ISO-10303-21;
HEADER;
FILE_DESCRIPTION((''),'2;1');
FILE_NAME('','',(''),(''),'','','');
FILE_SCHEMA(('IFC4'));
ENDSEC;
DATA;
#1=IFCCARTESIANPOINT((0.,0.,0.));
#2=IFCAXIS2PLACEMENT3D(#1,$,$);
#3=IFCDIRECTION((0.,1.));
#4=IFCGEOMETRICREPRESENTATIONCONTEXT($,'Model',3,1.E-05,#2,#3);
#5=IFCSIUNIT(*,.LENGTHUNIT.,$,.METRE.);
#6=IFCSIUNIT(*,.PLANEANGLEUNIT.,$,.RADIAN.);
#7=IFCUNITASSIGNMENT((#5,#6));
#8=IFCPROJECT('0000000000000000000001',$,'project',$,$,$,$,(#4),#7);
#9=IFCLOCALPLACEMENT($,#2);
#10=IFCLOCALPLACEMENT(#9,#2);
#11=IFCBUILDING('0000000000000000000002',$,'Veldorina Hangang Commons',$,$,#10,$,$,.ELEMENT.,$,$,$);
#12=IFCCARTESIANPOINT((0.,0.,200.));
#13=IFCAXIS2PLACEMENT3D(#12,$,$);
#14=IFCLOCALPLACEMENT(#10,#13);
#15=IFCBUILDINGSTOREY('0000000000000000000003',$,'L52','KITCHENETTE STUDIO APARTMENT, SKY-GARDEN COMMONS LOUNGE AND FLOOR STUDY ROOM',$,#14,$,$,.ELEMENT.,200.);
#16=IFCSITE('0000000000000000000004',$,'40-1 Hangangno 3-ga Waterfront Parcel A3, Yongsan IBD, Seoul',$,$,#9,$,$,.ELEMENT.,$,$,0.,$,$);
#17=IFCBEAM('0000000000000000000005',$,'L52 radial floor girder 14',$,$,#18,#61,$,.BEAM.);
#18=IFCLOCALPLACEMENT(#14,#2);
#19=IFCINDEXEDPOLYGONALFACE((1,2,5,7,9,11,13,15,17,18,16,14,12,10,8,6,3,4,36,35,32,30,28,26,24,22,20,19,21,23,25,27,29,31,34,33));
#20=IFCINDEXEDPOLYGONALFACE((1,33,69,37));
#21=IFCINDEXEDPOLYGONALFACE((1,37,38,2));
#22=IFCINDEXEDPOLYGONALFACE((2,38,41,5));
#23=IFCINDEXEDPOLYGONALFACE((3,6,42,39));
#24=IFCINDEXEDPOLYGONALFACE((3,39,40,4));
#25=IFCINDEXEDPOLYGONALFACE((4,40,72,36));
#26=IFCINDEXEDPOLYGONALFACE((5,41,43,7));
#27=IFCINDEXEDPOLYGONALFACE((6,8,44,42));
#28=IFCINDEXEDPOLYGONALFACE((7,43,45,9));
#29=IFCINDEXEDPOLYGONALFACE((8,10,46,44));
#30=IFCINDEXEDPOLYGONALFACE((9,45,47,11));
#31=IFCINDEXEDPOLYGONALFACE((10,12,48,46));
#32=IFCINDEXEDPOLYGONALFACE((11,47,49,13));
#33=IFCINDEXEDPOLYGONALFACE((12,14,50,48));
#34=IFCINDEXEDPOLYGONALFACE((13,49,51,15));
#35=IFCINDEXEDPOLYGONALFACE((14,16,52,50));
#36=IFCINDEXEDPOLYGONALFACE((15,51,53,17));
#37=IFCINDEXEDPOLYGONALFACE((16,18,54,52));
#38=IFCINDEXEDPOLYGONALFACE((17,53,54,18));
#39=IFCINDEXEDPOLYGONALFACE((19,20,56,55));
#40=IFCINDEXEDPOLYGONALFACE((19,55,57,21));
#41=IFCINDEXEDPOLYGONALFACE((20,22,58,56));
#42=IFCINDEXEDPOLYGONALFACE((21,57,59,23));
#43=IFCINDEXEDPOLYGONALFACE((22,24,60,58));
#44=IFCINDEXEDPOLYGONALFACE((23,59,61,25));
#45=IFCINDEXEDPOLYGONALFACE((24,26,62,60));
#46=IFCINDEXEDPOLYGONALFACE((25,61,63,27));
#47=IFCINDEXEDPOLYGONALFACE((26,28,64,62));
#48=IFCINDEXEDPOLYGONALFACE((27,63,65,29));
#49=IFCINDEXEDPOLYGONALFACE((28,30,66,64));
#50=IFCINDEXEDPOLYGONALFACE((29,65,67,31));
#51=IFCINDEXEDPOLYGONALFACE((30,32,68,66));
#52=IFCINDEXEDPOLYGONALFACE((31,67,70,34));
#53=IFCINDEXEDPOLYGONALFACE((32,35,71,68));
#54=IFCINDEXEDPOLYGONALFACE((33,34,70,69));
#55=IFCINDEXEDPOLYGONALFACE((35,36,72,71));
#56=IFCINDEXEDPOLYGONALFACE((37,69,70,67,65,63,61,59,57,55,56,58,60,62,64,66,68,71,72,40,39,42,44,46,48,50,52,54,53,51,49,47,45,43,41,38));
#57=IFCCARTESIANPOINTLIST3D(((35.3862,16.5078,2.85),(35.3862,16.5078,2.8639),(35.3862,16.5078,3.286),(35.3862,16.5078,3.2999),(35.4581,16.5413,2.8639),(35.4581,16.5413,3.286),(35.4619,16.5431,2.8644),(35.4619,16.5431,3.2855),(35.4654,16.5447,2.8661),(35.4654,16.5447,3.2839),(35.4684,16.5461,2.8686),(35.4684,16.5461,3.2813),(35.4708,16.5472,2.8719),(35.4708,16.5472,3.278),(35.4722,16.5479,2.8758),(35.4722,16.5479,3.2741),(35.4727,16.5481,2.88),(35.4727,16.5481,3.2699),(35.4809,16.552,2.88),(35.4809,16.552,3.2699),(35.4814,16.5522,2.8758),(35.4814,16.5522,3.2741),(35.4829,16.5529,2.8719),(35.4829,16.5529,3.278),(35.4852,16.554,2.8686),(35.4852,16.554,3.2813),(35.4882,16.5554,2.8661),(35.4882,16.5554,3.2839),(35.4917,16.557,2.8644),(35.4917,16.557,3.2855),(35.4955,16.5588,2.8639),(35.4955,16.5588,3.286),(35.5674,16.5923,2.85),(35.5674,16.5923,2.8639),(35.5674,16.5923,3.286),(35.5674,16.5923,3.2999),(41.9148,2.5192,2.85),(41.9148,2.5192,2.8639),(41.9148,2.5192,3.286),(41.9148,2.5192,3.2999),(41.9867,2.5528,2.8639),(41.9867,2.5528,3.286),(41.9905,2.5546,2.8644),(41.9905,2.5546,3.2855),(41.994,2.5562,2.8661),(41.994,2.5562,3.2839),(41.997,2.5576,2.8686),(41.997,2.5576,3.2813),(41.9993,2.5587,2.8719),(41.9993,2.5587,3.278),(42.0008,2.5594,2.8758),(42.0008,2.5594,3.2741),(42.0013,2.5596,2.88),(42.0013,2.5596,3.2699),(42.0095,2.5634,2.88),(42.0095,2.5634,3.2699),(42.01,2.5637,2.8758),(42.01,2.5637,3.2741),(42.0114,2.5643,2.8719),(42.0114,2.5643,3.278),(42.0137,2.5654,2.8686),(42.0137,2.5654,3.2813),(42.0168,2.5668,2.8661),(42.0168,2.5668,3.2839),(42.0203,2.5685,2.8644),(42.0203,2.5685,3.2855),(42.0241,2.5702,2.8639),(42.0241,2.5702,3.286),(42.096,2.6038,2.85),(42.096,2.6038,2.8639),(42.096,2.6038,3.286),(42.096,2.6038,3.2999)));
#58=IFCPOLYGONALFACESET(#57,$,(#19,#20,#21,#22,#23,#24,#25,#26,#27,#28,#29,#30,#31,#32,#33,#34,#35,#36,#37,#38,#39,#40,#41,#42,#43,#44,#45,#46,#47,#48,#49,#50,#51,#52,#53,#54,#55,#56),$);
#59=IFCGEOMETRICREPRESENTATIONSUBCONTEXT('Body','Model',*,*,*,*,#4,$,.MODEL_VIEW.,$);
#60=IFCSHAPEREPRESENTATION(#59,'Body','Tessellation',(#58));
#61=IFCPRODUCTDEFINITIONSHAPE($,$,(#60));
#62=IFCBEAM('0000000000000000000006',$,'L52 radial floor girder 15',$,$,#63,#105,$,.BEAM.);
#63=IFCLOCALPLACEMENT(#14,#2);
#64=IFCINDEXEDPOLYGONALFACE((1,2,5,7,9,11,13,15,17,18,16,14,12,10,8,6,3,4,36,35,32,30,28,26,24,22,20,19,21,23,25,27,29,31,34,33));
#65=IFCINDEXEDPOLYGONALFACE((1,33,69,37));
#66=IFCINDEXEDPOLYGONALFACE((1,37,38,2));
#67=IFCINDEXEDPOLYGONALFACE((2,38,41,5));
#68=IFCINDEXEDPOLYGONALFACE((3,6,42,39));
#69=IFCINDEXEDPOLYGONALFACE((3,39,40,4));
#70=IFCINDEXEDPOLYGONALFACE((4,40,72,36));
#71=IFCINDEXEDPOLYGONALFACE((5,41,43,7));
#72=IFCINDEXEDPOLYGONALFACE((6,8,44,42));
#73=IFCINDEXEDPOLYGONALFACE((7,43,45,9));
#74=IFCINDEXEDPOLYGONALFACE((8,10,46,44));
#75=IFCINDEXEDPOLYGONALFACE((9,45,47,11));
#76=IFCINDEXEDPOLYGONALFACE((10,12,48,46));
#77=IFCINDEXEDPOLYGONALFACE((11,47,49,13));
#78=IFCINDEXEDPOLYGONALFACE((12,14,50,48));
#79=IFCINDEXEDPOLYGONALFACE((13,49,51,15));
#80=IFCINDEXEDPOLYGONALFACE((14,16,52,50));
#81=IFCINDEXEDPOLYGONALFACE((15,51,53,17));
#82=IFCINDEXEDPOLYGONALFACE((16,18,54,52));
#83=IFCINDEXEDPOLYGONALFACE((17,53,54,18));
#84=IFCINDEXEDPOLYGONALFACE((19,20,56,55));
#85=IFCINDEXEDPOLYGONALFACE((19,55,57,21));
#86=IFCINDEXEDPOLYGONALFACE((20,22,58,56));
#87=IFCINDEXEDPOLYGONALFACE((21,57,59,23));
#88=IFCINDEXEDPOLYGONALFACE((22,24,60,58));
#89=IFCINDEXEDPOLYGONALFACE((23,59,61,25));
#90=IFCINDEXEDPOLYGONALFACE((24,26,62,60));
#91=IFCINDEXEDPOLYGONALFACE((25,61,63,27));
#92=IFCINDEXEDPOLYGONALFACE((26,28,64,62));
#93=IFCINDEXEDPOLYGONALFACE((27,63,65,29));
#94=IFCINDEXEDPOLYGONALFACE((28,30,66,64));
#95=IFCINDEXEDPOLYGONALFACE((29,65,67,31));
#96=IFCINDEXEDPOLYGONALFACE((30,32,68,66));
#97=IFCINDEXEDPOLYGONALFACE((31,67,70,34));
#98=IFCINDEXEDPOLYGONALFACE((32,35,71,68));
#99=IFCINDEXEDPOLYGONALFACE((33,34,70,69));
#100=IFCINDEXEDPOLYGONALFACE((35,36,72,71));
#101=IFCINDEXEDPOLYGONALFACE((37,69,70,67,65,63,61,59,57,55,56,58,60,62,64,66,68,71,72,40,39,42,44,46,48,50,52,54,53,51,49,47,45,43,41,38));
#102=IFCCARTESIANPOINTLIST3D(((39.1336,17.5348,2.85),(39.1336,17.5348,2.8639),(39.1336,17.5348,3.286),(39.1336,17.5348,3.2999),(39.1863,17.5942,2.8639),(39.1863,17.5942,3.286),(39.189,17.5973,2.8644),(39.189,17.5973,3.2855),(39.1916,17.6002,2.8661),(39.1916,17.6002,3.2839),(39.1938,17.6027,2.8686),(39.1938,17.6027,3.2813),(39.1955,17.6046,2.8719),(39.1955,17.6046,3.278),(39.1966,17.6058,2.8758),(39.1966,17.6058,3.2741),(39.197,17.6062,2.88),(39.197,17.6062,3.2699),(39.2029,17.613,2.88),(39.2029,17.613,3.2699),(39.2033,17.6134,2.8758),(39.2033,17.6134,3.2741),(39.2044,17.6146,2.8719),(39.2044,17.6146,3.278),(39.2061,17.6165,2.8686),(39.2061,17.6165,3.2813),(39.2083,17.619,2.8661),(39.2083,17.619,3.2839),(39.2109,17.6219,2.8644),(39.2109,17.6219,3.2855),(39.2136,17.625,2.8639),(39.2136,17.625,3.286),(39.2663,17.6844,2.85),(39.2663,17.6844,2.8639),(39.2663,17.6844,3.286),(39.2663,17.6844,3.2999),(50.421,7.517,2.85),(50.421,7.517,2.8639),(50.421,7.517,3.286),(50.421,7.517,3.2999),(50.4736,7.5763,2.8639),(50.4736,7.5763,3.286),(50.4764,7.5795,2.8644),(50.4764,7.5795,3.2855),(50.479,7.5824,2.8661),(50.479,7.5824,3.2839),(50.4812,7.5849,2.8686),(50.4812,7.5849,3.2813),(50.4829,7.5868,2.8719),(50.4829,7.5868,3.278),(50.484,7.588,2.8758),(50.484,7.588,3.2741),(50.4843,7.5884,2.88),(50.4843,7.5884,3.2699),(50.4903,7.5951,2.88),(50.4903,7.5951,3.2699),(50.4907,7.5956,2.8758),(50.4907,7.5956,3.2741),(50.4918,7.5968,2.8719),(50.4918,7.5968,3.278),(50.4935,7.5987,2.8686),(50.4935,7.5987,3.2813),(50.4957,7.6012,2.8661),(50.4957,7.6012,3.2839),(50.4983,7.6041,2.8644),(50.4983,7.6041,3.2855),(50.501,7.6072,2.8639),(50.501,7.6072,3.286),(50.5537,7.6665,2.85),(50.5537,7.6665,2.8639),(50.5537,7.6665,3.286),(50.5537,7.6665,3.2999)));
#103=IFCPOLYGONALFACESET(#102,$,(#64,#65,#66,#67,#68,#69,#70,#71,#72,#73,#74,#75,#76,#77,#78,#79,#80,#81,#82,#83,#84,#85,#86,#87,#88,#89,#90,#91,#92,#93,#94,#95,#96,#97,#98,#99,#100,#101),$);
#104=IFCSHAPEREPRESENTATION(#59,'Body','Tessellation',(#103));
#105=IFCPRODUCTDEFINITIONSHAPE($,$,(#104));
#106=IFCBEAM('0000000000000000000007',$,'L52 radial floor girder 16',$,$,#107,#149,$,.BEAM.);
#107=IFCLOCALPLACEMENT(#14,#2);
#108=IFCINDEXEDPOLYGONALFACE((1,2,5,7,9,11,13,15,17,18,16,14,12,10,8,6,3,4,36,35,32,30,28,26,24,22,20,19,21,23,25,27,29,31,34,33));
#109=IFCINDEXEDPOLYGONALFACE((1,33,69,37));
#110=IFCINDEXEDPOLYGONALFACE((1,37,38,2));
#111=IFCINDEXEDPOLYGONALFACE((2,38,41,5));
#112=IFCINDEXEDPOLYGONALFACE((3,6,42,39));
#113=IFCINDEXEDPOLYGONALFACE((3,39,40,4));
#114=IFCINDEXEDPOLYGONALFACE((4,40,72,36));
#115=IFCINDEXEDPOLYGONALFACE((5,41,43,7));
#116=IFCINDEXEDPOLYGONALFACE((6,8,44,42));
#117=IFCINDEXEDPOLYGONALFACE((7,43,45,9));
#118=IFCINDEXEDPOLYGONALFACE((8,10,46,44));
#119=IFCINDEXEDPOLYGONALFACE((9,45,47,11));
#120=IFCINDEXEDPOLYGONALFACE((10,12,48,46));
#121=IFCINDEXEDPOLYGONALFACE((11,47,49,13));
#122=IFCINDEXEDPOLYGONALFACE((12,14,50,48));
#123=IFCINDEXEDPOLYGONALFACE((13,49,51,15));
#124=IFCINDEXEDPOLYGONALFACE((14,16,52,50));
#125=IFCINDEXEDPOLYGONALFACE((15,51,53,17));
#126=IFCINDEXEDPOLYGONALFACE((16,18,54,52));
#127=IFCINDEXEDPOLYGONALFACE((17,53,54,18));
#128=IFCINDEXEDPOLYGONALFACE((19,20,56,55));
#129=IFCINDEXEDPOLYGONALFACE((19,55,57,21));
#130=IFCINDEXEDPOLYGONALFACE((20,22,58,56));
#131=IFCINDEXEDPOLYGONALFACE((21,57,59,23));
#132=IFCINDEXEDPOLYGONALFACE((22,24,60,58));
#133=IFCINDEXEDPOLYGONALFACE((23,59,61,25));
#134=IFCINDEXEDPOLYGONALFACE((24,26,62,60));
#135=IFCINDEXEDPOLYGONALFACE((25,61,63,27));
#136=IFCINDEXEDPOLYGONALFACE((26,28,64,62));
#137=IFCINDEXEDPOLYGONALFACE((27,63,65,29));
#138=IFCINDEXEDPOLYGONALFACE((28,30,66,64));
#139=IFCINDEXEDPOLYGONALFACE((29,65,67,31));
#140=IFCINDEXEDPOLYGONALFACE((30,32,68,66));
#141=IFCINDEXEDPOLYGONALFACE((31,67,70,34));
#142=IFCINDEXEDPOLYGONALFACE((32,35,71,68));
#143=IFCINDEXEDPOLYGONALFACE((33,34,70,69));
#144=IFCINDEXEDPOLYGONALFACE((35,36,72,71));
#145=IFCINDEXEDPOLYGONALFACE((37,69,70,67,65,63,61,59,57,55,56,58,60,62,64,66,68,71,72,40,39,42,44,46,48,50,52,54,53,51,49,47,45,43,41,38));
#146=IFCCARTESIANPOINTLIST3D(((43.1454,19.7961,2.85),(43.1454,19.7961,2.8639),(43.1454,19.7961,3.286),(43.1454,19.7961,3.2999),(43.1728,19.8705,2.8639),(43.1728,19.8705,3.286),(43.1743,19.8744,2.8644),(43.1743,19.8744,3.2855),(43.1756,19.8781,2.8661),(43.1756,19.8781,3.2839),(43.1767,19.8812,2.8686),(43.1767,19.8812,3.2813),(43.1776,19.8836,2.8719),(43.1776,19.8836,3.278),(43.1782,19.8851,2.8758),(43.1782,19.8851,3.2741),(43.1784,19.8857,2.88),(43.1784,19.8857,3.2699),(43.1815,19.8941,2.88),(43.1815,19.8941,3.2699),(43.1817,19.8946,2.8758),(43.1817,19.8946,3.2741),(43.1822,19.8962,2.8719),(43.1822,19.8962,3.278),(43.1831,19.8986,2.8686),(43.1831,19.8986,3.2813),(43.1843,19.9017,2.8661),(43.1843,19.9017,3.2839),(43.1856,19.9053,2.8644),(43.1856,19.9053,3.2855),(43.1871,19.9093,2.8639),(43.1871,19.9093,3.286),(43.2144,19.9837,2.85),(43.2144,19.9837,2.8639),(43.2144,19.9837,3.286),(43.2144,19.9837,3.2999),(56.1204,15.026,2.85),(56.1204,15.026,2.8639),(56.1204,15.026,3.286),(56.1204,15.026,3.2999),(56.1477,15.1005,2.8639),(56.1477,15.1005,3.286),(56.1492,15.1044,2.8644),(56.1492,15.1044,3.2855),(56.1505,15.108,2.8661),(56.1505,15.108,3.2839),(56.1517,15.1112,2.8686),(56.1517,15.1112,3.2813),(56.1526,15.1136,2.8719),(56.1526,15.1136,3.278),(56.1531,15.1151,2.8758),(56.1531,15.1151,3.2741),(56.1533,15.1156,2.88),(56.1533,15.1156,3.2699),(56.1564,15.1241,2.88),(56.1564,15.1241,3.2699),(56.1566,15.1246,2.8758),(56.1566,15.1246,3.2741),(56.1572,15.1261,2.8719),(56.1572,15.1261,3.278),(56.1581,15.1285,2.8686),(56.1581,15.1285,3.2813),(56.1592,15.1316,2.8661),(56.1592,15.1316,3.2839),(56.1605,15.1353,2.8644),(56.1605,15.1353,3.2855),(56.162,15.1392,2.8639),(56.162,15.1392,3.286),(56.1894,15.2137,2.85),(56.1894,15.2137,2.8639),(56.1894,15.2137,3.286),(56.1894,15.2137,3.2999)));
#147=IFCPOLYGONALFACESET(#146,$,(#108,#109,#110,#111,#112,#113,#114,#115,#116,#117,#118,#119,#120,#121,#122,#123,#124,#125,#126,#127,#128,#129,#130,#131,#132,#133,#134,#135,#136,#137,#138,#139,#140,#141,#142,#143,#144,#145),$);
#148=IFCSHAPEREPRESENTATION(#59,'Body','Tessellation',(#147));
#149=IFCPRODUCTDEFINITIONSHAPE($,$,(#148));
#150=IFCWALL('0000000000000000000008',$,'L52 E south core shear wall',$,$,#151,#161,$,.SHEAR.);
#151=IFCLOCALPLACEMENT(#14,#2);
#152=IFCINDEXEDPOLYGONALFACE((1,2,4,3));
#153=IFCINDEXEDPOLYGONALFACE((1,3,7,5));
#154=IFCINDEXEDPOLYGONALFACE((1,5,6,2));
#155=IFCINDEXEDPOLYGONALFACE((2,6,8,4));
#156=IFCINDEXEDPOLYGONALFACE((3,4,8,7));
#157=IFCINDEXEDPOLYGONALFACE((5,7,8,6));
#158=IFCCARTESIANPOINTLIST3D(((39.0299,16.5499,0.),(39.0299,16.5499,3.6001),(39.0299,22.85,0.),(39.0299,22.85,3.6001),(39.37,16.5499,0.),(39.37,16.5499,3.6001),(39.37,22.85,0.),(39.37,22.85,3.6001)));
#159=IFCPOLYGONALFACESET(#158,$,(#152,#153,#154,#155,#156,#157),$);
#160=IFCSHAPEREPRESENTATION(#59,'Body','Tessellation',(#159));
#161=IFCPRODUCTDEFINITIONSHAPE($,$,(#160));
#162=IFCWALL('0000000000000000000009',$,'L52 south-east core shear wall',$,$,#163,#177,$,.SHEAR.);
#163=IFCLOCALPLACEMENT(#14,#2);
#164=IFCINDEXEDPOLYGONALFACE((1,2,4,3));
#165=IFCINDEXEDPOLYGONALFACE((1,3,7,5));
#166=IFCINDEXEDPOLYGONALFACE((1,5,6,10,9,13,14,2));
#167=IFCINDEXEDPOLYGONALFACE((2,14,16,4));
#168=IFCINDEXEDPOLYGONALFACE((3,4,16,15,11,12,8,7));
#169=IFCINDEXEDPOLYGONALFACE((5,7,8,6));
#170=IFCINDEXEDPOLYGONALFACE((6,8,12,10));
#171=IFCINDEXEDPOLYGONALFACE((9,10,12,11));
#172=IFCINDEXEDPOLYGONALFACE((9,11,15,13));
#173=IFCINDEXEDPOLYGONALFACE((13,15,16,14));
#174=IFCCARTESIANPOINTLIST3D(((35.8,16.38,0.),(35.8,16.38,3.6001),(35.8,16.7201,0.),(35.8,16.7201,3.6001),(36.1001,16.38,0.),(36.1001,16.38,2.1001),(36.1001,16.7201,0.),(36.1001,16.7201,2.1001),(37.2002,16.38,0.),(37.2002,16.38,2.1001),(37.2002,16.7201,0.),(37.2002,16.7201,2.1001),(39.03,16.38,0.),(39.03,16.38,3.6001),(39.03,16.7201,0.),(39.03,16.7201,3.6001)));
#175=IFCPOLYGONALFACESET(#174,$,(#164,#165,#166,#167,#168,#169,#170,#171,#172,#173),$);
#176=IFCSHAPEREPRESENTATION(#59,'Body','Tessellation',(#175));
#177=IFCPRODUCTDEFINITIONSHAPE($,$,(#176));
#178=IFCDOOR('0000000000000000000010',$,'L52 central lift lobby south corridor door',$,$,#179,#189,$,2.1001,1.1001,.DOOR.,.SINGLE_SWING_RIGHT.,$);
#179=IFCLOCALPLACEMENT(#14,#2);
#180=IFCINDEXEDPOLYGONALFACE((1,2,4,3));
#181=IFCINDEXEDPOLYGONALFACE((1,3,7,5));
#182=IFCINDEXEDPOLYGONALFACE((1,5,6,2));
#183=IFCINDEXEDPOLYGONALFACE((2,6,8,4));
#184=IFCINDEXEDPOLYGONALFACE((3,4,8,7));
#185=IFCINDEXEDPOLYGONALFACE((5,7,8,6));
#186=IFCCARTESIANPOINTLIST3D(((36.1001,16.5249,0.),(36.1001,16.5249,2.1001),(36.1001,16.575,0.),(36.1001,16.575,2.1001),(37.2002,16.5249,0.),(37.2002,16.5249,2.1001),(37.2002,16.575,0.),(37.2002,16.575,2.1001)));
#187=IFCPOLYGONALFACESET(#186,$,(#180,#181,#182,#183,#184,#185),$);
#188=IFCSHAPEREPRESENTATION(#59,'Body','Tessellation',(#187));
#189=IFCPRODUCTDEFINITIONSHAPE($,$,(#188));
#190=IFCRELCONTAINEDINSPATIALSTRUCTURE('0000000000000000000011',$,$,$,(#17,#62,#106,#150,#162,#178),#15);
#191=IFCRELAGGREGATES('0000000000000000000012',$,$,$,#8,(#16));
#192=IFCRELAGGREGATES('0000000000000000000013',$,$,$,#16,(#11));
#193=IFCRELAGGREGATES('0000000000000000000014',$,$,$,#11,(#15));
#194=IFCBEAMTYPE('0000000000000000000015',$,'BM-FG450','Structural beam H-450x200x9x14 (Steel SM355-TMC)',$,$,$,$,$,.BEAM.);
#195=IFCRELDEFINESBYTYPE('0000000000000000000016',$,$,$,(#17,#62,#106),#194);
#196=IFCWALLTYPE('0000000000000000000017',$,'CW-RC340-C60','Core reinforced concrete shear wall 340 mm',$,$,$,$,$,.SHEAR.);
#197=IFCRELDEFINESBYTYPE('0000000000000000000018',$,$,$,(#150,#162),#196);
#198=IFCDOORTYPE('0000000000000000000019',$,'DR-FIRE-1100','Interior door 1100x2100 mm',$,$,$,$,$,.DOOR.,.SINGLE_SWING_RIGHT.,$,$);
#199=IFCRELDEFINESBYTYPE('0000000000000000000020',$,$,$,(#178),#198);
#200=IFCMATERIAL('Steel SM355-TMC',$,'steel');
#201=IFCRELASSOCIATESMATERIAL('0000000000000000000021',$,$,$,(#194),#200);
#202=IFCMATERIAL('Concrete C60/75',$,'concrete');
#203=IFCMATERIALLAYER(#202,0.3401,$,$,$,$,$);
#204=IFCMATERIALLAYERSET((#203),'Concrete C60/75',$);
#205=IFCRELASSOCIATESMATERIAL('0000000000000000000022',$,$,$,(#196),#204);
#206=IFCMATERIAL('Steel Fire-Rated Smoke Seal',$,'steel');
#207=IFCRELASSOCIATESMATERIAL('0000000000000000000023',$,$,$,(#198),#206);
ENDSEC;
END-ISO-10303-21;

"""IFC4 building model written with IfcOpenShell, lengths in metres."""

from ifc_helpers import new_model, si_unit, direction, frame, frame_2d, origin, origin_2d, place, context, subcontext, project, spatial, rectangle, i_section, extrude, material, layer, layer_set, material_profile, profile_set, type_object, element, fill, save


model = new_model("IFC4")

# Units and contexts
model_context = context("Model", 3, precision=1e-05, world=origin(), true_north=direction((0.0, 1.0)))
body_context = subcontext(model_context, "Body", "Model", "MODEL_VIEW")
ifc_project = project(units=[si_unit("LENGTHUNIT", "METRE"), si_unit("PLANEANGLEUNIT", "RADIAN")], contexts=[model_context])

# Site, building, storey
site_placement = place(None, origin())
site = spatial("IfcSite", under=ifc_project, at=site_placement, Name="40-1 Hangangno 3-ga Waterfront Parcel A3, Yongsan IBD, Seoul", CompositionType="ELEMENT", RefElevation=0.0)
building_placement = place(site_placement, origin())
building = spatial("IfcBuilding", under=site, at=building_placement, Name="Veldorina Hangang Commons", CompositionType="ELEMENT")
storey_placement = place(building_placement, frame((0.0, 0.0, 200.0)))
storey = spatial("IfcBuildingStorey", under=building, at=storey_placement, Name="L52", Description="KITCHENETTE STUDIO APARTMENT, SKY-GARDEN COMMONS LOUNGE AND FLOOR STUDY ROOM", CompositionType="ELEMENT", Elevation=200.0)

# Beams
ifc_material_1 = material(Name="Steel SM355-TMC", Category="steel")
ifc_material_profile = material_profile(ifc_material_1, i_section(OverallWidth=0.2, OverallDepth=0.45, WebThickness=0.009, FlangeThickness=0.0139, FilletRadius=0.0161, at=origin_2d()), Name="H-450x200x9x14")
ifc_profile_set = profile_set([ifc_material_profile], Name="Steel SM355-TMC")
beam_type = type_object("IfcBeamType", Name="BM-FG450", Description="Structural beam H-450x200x9x14 (Steel SM355-TMC)", PredefinedType="BEAM", material=ifc_profile_set)
beam_1_placement = place(storey_placement, frame((35.4768, 16.55, 3.075), z_axis=(0.422917, -0.906169, 0.0), x_axis=(0.906169, 0.422917, 0.0)))
element("IfcBeam", 1, at=beam_1_placement, inside=storey, type_object=beam_type, Name="L52 radial floor girder 14", PredefinedType="BEAM", context=body_context, shape_type="SweptSolid", body=[
    extrude(i_section(OverallWidth=0.2, OverallDepth=0.45, WebThickness=0.009, FlangeThickness=0.0139, FilletRadius=0.0161, at=origin_2d()), origin(), (0.0, 0.0, 1.0), 15.437),
])
beam_2_placement = place(storey_placement, frame((39.2, 17.6096, 3.075), z_axis=(0.747915, -0.663794, 0.0), x_axis=(0.663794, 0.747915, 0.0)))
element("IfcBeam", 2, at=beam_2_placement, inside=storey, type_object=beam_type, Name="L52 radial floor girder 15", PredefinedType="BEAM", context=body_context, shape_type="SweptSolid", body=[
    extrude(i_section(OverallWidth=0.2, OverallDepth=0.45, WebThickness=0.009, FlangeThickness=0.0139, FilletRadius=0.0161, at=origin_2d()), origin(), (0.0, 0.0, 1.0), 15.0918),
])
beam_3_placement = place(storey_placement, frame((43.1799, 19.8899, 3.075), z_axis=(0.938582, -0.345056, 0.0), x_axis=(0.345056, 0.938582, 0.0)))
element("IfcBeam", 3, at=beam_3_placement, inside=storey, type_object=beam_type, Name="L52 radial floor girder 16", PredefinedType="BEAM", context=body_context, shape_type="SweptSolid", body=[
    extrude(i_section(OverallWidth=0.2, OverallDepth=0.45, WebThickness=0.009, FlangeThickness=0.0139, FilletRadius=0.0161, at=origin_2d()), origin(), (0.0, 0.0, 1.0), 13.824),
])

# Wall
ifc_material_2 = material(Name="Concrete C60/75", Category="concrete")
ifc_layer_1 = layer(ifc_material_2, 0.3401)
ifc_layer_set_1 = layer_set([ifc_layer_1], Name="Concrete C60/75")
wall_type_1 = type_object("IfcWallType", Name="CW-RC340-C60", Description="Core reinforced concrete shear wall 340 mm", PredefinedType="SHEAR", material=ifc_layer_set_1)
wall_1_placement = place(storey_placement, frame((39.2, 16.55, 0.0), z_axis=(0.0, 0.0, 1.0), x_axis=(0.0, 1.0, 0.0)))
element("IfcWall", 4, at=wall_1_placement, inside=storey, type_object=wall_type_1, Name="L52 E south core shear wall", PredefinedType="SHEAR", context=body_context, shape_type="SweptSolid", body=[
    extrude(rectangle(XDim=6.3, YDim=0.3401, at=frame_2d((3.1499, 0.0))), origin(), (0.0, 0.0, 1.0), 3.6001),
])

# Wall, opening, door
wall_2_placement = place(storey_placement, frame((35.8, 16.55, 0.0), z_axis=(0.0, 0.0, 1.0), x_axis=(1.0, 0.0, 0.0)))
wall_2 = element("IfcWall", 5, at=wall_2_placement, inside=storey, type_object=wall_type_1, Name="L52 south-east core shear wall", PredefinedType="SHEAR", context=body_context, shape_type="SweptSolid", body=[
    extrude(rectangle(XDim=3.23, YDim=0.3401, at=frame_2d((1.615, 0.0))), origin(), (0.0, 0.0, 1.0), 3.6001),
])
opening_1_placement = place(wall_2_placement, frame((0.3, 0.0, 0.0)))
opening_1 = element("IfcOpeningElement", 6, at=opening_1_placement, cuts=wall_2, PredefinedType="OPENING", context=body_context, shape_type="SweptSolid", body=[
    extrude(rectangle(XDim=1.1001, YDim=2.1001, at=frame_2d((0.55, 1.05))), frame((0.0, 0.1802, 0.0), z_axis=(0.0, -1.0, 0.0), x_axis=(1.0, 0.0, 0.0)), (0.0, 0.0, 1.0), 0.3601),
])
ifc_material_3 = material(Name="Steel Fire-Rated Smoke Seal", Category="steel")
door_type_1 = type_object("IfcDoorType", Name="DR-FIRE-1100", Description="Interior door 1100x2100 mm", OperationType="SINGLE_SWING_RIGHT", PredefinedType="DOOR", material=ifc_material_3)
door_1_placement = place(opening_1_placement, origin())
door_1 = element("IfcDoor", 7, at=door_1_placement, inside=storey, type_object=door_type_1, Name="L52 central lift lobby south corridor door", OperationType="SINGLE_SWING_RIGHT", OverallHeight=2.1001, OverallWidth=1.1001, PredefinedType="DOOR", context=body_context, shape_type="SweptSolid", body=[
    extrude(rectangle(XDim=1.1001, YDim=2.1001, at=frame_2d((0.55, 1.05))), frame((0.0, 0.0249, 0.0), z_axis=(0.0, -1.0, 0.0), x_axis=(1.0, 0.0, 0.0)), (0.0, 0.0, 1.0), 0.05),
])
fill(opening_1, door_1)

save(model, "model.ifc")
